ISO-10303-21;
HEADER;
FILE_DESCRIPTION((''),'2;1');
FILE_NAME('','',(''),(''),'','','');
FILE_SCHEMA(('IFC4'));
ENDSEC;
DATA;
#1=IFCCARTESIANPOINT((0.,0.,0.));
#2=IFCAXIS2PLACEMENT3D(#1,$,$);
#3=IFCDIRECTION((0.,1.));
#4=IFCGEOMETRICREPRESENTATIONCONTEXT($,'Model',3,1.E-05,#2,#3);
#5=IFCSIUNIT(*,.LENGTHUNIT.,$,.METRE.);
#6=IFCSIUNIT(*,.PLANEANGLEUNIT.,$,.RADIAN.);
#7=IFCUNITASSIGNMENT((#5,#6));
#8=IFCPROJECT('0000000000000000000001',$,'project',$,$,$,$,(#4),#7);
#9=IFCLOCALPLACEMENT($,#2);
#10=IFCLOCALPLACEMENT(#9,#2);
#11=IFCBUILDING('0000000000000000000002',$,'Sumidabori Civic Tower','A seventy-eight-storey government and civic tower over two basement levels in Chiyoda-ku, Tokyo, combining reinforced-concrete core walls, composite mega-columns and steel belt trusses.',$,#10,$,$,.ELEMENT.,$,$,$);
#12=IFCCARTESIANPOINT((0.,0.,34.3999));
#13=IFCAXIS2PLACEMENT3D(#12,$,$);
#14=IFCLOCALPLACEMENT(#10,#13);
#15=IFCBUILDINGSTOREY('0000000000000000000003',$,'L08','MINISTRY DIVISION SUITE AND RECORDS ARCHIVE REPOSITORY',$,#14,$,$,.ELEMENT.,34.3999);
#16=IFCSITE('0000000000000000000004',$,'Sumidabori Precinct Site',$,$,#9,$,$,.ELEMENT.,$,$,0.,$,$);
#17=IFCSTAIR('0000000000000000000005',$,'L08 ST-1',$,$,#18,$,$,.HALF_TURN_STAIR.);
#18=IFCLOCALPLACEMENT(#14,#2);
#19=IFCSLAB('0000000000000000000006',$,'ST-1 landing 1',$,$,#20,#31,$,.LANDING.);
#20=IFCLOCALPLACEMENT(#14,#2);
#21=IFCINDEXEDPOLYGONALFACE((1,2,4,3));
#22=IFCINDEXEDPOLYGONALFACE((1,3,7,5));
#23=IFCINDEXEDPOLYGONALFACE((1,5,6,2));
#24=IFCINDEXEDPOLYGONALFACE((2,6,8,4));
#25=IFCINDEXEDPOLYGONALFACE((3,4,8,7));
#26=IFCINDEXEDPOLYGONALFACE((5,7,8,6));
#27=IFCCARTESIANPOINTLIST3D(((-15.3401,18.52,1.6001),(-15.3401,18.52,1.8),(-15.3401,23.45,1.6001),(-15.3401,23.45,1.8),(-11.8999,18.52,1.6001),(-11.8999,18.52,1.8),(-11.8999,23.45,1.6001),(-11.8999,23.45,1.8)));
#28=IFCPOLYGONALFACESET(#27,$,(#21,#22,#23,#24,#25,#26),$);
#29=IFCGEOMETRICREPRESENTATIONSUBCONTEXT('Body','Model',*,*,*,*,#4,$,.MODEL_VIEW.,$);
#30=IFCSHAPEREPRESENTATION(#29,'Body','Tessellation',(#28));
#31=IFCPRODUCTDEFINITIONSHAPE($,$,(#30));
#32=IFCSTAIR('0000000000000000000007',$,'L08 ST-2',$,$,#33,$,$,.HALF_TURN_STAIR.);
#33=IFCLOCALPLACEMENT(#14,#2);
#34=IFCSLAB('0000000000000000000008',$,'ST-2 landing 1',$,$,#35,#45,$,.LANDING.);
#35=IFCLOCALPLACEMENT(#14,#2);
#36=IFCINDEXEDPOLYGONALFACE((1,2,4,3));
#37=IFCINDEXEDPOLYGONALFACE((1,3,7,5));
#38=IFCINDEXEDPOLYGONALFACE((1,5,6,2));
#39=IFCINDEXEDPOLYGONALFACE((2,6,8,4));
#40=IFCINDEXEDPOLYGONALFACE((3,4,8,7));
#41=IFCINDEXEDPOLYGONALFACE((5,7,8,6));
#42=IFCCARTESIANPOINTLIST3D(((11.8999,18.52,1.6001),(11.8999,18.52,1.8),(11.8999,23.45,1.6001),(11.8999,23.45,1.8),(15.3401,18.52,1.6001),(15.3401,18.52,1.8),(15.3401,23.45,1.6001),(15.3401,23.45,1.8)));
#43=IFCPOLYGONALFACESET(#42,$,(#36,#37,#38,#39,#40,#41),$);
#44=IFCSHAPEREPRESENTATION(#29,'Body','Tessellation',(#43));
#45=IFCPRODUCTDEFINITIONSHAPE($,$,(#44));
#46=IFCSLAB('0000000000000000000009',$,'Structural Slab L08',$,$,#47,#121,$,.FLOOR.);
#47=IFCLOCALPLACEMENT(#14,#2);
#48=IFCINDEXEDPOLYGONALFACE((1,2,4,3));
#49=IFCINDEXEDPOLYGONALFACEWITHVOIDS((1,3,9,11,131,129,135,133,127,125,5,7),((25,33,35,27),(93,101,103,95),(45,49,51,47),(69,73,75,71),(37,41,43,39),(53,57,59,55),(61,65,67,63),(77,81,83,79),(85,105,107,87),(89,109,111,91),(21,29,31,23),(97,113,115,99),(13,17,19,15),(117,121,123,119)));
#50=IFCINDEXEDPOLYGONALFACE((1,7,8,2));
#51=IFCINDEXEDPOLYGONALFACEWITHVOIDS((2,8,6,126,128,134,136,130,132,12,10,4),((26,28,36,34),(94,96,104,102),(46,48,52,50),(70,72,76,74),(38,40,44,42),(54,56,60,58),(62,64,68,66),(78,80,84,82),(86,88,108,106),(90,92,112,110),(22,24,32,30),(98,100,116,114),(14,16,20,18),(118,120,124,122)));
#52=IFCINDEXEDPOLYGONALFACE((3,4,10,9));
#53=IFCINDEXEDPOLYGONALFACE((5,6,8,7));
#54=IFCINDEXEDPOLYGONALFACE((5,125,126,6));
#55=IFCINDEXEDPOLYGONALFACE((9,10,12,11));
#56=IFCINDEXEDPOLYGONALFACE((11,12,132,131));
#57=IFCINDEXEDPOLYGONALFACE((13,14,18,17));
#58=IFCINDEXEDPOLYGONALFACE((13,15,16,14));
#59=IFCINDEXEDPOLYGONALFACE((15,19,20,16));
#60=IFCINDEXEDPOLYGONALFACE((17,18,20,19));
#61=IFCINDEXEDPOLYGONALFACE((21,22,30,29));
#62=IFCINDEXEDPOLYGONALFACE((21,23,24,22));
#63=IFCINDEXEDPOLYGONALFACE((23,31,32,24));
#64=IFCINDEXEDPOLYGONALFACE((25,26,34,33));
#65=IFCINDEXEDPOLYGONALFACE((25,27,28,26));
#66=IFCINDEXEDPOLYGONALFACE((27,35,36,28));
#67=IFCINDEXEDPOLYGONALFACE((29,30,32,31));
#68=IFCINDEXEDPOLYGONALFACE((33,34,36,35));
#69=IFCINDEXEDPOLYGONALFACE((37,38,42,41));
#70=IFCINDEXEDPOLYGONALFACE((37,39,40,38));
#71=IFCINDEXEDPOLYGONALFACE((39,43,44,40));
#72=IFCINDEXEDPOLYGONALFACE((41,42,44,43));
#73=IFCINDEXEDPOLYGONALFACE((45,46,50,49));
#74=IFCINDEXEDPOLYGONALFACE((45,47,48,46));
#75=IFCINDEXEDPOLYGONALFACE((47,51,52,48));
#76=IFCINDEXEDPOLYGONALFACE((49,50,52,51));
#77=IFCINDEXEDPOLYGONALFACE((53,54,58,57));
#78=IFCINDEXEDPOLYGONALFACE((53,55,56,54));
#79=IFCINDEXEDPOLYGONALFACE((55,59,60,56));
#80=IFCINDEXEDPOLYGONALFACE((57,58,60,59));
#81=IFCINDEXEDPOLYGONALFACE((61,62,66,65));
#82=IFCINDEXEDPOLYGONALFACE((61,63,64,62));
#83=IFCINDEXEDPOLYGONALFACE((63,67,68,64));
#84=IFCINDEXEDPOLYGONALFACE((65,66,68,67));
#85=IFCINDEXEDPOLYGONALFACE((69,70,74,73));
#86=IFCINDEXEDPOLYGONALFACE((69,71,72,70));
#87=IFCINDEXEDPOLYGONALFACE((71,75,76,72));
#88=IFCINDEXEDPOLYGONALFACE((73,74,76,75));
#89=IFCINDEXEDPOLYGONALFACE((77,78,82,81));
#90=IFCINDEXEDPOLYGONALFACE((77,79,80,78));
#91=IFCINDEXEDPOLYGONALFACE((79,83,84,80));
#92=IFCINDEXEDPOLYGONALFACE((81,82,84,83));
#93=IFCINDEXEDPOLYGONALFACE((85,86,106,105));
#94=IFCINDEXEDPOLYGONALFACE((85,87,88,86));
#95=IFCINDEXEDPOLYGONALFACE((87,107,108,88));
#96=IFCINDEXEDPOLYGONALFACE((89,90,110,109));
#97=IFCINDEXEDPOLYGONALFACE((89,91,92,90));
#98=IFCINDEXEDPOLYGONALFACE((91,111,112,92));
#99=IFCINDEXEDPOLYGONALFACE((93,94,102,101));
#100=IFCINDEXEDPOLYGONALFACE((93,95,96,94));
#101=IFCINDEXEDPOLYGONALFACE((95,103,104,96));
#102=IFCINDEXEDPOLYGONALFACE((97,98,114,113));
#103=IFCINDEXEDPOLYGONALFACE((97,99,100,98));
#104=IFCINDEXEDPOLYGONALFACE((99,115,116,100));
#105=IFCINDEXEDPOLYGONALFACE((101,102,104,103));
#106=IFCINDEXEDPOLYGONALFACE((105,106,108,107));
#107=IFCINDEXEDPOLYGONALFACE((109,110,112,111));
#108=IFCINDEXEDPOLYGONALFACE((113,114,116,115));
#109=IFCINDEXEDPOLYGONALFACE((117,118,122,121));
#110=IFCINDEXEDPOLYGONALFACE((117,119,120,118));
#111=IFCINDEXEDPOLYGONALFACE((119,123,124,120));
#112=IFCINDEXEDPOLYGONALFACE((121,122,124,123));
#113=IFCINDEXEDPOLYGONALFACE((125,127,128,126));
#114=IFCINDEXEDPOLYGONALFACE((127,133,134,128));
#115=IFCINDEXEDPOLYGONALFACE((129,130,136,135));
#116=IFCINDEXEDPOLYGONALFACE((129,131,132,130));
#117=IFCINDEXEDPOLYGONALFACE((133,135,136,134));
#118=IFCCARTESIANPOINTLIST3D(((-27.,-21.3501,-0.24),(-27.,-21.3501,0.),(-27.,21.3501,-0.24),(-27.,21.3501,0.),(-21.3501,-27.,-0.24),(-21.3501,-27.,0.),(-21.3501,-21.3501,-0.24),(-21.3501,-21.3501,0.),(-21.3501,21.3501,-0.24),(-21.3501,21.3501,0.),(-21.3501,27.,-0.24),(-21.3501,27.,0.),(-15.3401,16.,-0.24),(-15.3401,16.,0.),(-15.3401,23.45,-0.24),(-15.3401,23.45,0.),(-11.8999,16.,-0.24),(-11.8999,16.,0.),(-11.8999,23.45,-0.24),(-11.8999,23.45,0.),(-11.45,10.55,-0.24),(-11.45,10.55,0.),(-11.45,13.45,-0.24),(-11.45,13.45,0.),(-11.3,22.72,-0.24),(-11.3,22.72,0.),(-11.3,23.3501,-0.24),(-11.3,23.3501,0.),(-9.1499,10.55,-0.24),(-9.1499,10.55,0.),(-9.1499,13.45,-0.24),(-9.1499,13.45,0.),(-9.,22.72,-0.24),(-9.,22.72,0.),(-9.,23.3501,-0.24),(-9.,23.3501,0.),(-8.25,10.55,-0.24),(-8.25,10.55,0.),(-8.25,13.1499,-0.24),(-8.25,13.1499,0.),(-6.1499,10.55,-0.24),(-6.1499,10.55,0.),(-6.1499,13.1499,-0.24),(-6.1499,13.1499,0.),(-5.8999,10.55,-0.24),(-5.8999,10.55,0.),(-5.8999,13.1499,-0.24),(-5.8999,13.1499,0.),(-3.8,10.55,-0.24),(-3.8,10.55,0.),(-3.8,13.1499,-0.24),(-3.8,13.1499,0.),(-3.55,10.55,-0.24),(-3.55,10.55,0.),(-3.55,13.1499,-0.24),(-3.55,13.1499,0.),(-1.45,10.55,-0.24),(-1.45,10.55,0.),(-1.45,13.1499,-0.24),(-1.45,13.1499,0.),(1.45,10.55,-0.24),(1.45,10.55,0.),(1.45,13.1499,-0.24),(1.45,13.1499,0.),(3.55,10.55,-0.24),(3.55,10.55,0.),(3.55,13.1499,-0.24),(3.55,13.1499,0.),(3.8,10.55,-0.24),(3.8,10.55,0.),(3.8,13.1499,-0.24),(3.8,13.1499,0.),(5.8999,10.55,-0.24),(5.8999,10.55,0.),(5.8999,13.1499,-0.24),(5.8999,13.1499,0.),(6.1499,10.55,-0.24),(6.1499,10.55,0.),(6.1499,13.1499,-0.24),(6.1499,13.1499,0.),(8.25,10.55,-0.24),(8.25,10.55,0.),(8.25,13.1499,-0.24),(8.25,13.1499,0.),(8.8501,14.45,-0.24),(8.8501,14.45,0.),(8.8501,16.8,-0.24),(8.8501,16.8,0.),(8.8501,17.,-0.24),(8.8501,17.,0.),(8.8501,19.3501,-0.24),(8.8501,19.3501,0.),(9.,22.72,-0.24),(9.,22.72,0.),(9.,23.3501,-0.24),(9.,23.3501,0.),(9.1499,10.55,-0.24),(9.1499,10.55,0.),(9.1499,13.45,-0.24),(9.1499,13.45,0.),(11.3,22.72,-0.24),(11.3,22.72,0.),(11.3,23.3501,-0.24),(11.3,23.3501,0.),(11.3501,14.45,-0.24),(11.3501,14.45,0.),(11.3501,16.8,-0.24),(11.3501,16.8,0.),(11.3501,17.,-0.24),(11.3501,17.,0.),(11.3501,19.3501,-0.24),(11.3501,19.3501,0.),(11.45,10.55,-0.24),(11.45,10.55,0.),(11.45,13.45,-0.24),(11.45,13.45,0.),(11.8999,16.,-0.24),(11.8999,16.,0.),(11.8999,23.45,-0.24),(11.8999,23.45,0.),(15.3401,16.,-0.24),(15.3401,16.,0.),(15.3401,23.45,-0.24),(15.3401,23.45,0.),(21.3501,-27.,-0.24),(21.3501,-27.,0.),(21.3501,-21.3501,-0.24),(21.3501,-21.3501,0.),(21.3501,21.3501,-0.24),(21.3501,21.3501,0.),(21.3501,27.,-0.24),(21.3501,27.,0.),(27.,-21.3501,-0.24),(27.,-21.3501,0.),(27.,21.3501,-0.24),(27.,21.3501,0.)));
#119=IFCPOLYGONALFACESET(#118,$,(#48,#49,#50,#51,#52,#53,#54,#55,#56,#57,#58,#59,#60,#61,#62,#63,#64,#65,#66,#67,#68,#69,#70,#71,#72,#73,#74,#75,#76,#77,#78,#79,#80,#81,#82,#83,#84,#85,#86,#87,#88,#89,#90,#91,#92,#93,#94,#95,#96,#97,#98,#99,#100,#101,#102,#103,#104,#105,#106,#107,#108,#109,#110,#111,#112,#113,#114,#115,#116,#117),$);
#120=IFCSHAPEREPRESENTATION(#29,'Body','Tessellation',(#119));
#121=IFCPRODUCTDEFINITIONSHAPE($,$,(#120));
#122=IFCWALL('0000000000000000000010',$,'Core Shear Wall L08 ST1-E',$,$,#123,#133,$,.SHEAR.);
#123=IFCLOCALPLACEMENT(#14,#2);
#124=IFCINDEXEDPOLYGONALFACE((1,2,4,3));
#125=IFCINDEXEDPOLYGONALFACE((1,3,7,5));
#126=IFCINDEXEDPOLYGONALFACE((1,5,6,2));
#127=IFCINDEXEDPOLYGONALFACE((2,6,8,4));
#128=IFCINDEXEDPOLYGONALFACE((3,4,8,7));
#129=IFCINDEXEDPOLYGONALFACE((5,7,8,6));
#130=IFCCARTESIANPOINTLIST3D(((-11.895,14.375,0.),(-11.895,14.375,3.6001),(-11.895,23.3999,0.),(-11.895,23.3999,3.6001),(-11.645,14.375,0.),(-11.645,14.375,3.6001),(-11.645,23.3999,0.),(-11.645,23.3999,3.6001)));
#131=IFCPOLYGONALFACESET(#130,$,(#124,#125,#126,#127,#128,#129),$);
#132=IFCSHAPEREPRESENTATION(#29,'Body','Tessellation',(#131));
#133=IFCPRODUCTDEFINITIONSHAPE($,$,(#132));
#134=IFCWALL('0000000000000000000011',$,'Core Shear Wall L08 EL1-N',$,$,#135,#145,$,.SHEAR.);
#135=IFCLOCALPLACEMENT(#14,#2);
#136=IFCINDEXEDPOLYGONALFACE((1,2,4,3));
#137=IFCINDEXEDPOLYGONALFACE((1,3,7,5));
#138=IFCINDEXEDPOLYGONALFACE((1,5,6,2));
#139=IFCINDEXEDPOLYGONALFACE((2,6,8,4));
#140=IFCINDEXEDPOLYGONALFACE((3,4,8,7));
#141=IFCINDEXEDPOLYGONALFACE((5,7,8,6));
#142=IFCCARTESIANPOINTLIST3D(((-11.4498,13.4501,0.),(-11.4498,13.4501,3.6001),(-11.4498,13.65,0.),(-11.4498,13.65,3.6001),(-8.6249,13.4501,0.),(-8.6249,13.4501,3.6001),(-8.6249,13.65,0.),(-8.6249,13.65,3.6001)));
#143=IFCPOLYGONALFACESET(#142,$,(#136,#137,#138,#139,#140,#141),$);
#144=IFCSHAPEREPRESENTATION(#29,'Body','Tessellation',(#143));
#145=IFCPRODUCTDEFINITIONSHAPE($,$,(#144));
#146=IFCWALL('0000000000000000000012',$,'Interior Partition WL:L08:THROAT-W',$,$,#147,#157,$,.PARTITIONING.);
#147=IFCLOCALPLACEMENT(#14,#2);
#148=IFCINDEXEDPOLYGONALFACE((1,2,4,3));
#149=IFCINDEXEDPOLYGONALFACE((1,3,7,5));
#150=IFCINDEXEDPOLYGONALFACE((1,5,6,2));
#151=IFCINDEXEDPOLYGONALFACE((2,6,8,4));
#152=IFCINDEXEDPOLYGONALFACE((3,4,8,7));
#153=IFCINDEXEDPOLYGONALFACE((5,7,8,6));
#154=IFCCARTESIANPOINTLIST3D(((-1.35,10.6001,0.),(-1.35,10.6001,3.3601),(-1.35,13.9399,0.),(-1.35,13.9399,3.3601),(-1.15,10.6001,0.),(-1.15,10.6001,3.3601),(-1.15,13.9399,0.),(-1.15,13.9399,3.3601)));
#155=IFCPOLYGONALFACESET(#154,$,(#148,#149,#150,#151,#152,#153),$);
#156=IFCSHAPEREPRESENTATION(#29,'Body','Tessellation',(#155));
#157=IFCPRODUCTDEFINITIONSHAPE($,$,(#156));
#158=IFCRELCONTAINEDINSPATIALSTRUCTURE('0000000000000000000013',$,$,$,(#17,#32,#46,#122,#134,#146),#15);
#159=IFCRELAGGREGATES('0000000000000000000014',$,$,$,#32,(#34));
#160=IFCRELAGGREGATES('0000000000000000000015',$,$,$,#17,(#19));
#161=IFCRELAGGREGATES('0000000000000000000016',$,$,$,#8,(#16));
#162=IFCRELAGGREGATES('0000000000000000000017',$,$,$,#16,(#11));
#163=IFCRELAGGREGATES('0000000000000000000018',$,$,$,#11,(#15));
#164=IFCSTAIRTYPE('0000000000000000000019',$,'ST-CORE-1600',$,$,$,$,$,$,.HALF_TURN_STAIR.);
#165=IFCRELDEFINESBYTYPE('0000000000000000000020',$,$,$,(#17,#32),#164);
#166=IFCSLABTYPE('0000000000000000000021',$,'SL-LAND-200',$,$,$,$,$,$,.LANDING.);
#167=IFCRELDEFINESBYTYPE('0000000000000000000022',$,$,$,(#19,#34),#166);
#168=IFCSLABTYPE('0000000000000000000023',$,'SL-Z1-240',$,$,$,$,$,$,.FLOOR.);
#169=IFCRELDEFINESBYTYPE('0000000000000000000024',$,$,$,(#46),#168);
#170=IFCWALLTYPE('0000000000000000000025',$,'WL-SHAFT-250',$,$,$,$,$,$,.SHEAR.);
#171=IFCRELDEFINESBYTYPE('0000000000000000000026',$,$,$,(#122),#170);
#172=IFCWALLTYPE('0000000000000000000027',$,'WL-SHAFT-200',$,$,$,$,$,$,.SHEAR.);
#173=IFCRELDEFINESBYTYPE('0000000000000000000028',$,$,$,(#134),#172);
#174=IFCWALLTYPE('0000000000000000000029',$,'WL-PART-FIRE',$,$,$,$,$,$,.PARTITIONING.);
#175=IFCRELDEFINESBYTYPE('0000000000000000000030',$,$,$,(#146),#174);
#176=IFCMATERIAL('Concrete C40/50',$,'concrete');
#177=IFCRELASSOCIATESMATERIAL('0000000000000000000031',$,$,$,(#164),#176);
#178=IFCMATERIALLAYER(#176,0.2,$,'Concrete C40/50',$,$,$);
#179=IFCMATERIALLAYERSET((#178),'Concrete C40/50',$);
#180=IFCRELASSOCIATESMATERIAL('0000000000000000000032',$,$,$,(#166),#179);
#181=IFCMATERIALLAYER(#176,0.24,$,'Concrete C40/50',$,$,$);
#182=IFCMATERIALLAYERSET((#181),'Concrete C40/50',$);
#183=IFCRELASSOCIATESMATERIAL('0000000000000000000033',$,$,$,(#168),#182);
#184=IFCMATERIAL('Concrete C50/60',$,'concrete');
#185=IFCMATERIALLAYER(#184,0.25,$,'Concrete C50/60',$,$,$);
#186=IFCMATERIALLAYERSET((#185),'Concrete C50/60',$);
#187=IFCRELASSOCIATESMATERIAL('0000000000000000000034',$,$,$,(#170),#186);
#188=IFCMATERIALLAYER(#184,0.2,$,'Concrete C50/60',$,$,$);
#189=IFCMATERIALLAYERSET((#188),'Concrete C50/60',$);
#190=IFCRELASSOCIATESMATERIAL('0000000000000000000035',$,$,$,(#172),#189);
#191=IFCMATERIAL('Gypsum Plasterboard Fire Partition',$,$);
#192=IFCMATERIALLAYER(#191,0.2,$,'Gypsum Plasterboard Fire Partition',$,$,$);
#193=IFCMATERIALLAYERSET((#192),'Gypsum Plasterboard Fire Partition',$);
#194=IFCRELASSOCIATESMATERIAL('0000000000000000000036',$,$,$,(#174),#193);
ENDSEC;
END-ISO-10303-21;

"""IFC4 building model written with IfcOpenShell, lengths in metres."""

from ifc_helpers import new_model, si_unit, direction, frame, frame_2d, origin, place, context, subcontext, project, spatial, polyline, rectangle, outline, extrude, source, transform, mapped, material, layer, layer_set, type_object, element, aggregate, save


model = new_model("IFC4")

# Units and contexts
model_context = context("Model", 3, precision=1e-05, world=origin(), true_north=direction((0.0, 1.0)))
body_context = subcontext(model_context, "Body", "Model", "MODEL_VIEW")
ifc_project = project(units=[si_unit("LENGTHUNIT", "METRE"), si_unit("PLANEANGLEUNIT", "RADIAN")], contexts=[model_context])

# Site, building, storey
site_placement = place(None, origin())
site = spatial("IfcSite", under=ifc_project, at=site_placement, Name="Sumidabori Precinct Site", CompositionType="ELEMENT", RefElevation=0.0)
building_placement = place(site_placement, origin())
building = spatial("IfcBuilding", under=site, at=building_placement, Name="Sumidabori Civic Tower", Description="A seventy-eight-storey government and civic tower over two basement levels in Chiyoda-ku, Tokyo, combining reinforced-concrete core walls, composite mega-columns and steel belt trusses.", CompositionType="ELEMENT")
storey_placement = place(building_placement, frame((0.0, 0.0, 34.3999)))
storey = spatial("IfcBuildingStorey", under=building, at=storey_placement, Name="L08", Description="MINISTRY DIVISION SUITE AND RECORDS ARCHIVE REPOSITORY", CompositionType="ELEMENT", Elevation=34.3999)

# Stairs, slabs
ifc_material_1 = material(Name="Concrete C40/50", Category="concrete")
stair_type = type_object("IfcStairType", Name="ST-CORE-1600", PredefinedType="HALF_TURN_STAIR", material=ifc_material_1)
stair_1_placement = place(storey_placement, origin())
stair_1 = element("IfcStair", 1, at=stair_1_placement, inside=storey, type_object=stair_type, Name="L08 ST-1", PredefinedType="HALF_TURN_STAIR")
ifc_layer_1 = layer(ifc_material_1, 0.2, Name="Concrete C40/50")
ifc_layer_set_1 = layer_set([ifc_layer_1], Name="Concrete C40/50")
slab_type_1 = type_object("IfcSlabType", Name="SL-LAND-200", PredefinedType="LANDING", material=ifc_layer_set_1)
slab_1_placement = place(storey_placement, frame((0.0, 0.0, 1.6001)))
slab_1 = element("IfcSlab", 2, at=slab_1_placement, type_object=slab_type_1, Name="ST-1 landing 1", PredefinedType="LANDING", context=body_context, shape_type="SweptSolid", body=[
    extrude(outline(polyline([(-11.8999, 18.52), (-11.8999, 23.45), (-15.3401, 23.45), (-15.3401, 18.52), (-11.8999, 18.52)])), origin(), (0.0, 0.0, 1.0), 0.2),
])
stair_2_placement = place(storey_placement, origin())
stair_2 = element("IfcStair", 3, at=stair_2_placement, inside=storey, type_object=stair_type, Name="L08 ST-2", PredefinedType="HALF_TURN_STAIR")
slab_2_placement = place(storey_placement, frame((0.0, 0.0, 1.6001)))
slab_2 = element("IfcSlab", 4, at=slab_2_placement, type_object=slab_type_1, Name="ST-2 landing 1", PredefinedType="LANDING", context=body_context, shape_type="SweptSolid", body=[
    extrude(outline(polyline([(15.3401, 18.52), (15.3401, 23.45), (11.8999, 23.45), (11.8999, 18.52), (15.3401, 18.52)])), origin(), (0.0, 0.0, 1.0), 0.2),
])
aggregate(stair_2, [slab_2])

# Slab
ifc_layer_2 = layer(ifc_material_1, 0.24, Name="Concrete C40/50")
ifc_layer_set_2 = layer_set([ifc_layer_2], Name="Concrete C40/50")
slab_type_2 = type_object("IfcSlabType", Name="SL-Z1-240", PredefinedType="FLOOR", material=ifc_layer_set_2)
slab_3_placement = place(storey_placement, frame((0.0, 0.0, -0.24)))
element("IfcSlab", 5, at=slab_3_placement, inside=storey, type_object=slab_type_2, Name="Structural Slab L08", PredefinedType="FLOOR", context=body_context, shape_type="SweptSolid", body=[
    extrude(outline(polyline([(-21.3501, -27.0), (21.3501, -27.0), (21.3501, -21.3501), (27.0, -21.3501), (27.0, 21.3501), (21.3501, 21.3501), (21.3501, 27.0), (-21.3501, 27.0), (-21.3501, 21.3501), (-27.0, 21.3501), (-27.0, -21.3501), (-21.3501, -21.3501), (-21.3501, -27.0)]), holes=[polyline([(-11.8999, 16.0), (-11.8999, 23.45), (-15.3401, 23.45), (-15.3401, 16.0), (-11.8999, 16.0)]), polyline([(15.3401, 16.0), (15.3401, 23.45), (11.8999, 23.45), (11.8999, 16.0), (15.3401, 16.0)]), polyline([(-11.45, 10.55), (-9.1499, 10.55), (-9.1499, 13.45), (-11.45, 13.45), (-11.45, 10.55)]), polyline([(9.1499, 10.55), (11.45, 10.55), (11.45, 13.45), (9.1499, 13.45), (9.1499, 10.55)]), polyline([(-8.25, 10.55), (-6.1499, 10.55), (-6.1499, 13.1499), (-8.25, 13.1499), (-8.25, 10.55)]), polyline([(-5.8999, 10.55), (-3.8, 10.55), (-3.8, 13.1499), (-5.8999, 13.1499), (-5.8999, 10.55)]), polyline([(-3.55, 10.55), (-1.45, 10.55), (-1.45, 13.1499), (-3.55, 13.1499), (-3.55, 10.55)]), polyline([(1.45, 10.55), (3.55, 10.55), (3.55, 13.1499), (1.45, 13.1499), (1.45, 10.55)]), polyline([(3.8, 10.55), (5.8999, 10.55), (5.8999, 13.1499), (3.8, 13.1499), (3.8, 10.55)]), polyline([(6.1499, 10.55), (8.25, 10.55), (8.25, 13.1499), (6.1499, 13.1499), (6.1499, 10.55)]), polyline([(8.8501, 14.45), (11.3501, 14.45), (11.3501, 16.8), (8.8501, 16.8), (8.8501, 14.45)]), polyline([(8.8501, 17.0), (11.3501, 17.0), (11.3501, 19.3501), (8.8501, 19.3501), (8.8501, 17.0)]), polyline([(-11.3, 22.72), (-9.0, 22.72), (-9.0, 23.3501), (-11.3, 23.3501), (-11.3, 22.72)]), polyline([(9.0, 22.72), (11.3, 22.72), (11.3, 23.3501), (9.0, 23.3501), (9.0, 22.72)])]), origin(), (0.0, 0.0, 1.0), 0.24),
])

# Shared definitions
ifc_material_2 = material(Name="Concrete C50/60", Category="concrete")
ifc_layer_3 = layer(ifc_material_2, 0.25, Name="Concrete C50/60")
ifc_layer_set_3 = layer_set([ifc_layer_3], Name="Concrete C50/60")
wall_type_1 = type_object("IfcWallType", Name="WL-SHAFT-250", PredefinedType="SHEAR", material=ifc_layer_set_3)

# Wall
shared_shape_1 = source(origin(), body_context, "Body", "SweptSolid", [
    extrude(rectangle(XDim=9.0249, YDim=0.25, at=frame_2d((4.5125, 0.0))), origin(), (0.0, 0.0, 1.0), 3.6001),
])
wall_1_placement = place(storey_placement, frame((-11.77, 14.375, 0.0), z_axis=(0.0, 0.0, 1.0), x_axis=(0.0, 1.0, 0.0)))
element("IfcWall", 6, at=wall_1_placement, inside=storey, type_object=wall_type_1, Name="Core Shear Wall L08 ST1-E", PredefinedType="SHEAR", context=body_context, shape_type="MappedRepresentation", body=[
    mapped(shared_shape_1, transform((0.0, 0.0, 0.0), x_axis=(1.0, 0.0, 0.0), y_axis=(0.0, 1.0, 0.0), z_axis=(0.0, 0.0, 1.0), scale=1.0)),
])

# Shared definitions
ifc_layer_4 = layer(ifc_material_2, 0.2, Name="Concrete C50/60")
ifc_layer_set_4 = layer_set([ifc_layer_4], Name="Concrete C50/60")
wall_type_2 = type_object("IfcWallType", Name="WL-SHAFT-200", PredefinedType="SHEAR", material=ifc_layer_set_4)

# Wall
shared_shape_2 = source(origin(), body_context, "Body", "SweptSolid", [
    extrude(rectangle(XDim=2.825, YDim=0.2, at=frame_2d((1.4126, 0.0))), origin(), (0.0, 0.0, 1.0), 3.6001),
])
wall_2_placement = place(storey_placement, frame((-11.45, 13.55, 0.0), z_axis=(0.0, 0.0, 1.0), x_axis=(1.0, 0.0, 0.0)))
element("IfcWall", 7, at=wall_2_placement, inside=storey, type_object=wall_type_2, Name="Core Shear Wall L08 EL1-N", PredefinedType="SHEAR", context=body_context, shape_type="MappedRepresentation", body=[
    mapped(shared_shape_2, transform((0.0, 0.0, 0.0), x_axis=(1.0, 0.0, 0.0), y_axis=(0.0, 1.0, 0.0), z_axis=(0.0, 0.0, 1.0), scale=1.0)),
])

# Shared definitions
ifc_material_3 = material(Name="Gypsum Plasterboard Fire Partition")
ifc_layer_5 = layer(ifc_material_3, 0.2, Name="Gypsum Plasterboard Fire Partition")
ifc_layer_set_5 = layer_set([ifc_layer_5], Name="Gypsum Plasterboard Fire Partition")
wall_type_3 = type_object("IfcWallType", Name="WL-PART-FIRE", PredefinedType="PARTITIONING", material=ifc_layer_set_5)

# Wall
shared_shape_3 = source(origin(), body_context, "Body", "SweptSolid", [
    extrude(rectangle(XDim=3.3398, YDim=0.2, at=frame_2d((1.6699, 0.0))), origin(), (0.0, 0.0, 1.0), 3.3601),
])
wall_3_placement = place(storey_placement, frame((-1.25, 10.6001, 0.0), z_axis=(0.0, 0.0, 1.0), x_axis=(0.0, 1.0, 0.0)))
element("IfcWall", 8, at=wall_3_placement, inside=storey, type_object=wall_type_3, Name="Interior Partition WL:L08:THROAT-W", PredefinedType="PARTITIONING", context=body_context, shape_type="MappedRepresentation", body=[
    mapped(shared_shape_3, transform((0.0, 0.0, 0.0), x_axis=(1.0, 0.0, 0.0), y_axis=(0.0, 1.0, 0.0), z_axis=(0.0, 0.0, 1.0), scale=1.0)),
])

aggregate(stair_1, [slab_1])

save(model, "model.ifc")
